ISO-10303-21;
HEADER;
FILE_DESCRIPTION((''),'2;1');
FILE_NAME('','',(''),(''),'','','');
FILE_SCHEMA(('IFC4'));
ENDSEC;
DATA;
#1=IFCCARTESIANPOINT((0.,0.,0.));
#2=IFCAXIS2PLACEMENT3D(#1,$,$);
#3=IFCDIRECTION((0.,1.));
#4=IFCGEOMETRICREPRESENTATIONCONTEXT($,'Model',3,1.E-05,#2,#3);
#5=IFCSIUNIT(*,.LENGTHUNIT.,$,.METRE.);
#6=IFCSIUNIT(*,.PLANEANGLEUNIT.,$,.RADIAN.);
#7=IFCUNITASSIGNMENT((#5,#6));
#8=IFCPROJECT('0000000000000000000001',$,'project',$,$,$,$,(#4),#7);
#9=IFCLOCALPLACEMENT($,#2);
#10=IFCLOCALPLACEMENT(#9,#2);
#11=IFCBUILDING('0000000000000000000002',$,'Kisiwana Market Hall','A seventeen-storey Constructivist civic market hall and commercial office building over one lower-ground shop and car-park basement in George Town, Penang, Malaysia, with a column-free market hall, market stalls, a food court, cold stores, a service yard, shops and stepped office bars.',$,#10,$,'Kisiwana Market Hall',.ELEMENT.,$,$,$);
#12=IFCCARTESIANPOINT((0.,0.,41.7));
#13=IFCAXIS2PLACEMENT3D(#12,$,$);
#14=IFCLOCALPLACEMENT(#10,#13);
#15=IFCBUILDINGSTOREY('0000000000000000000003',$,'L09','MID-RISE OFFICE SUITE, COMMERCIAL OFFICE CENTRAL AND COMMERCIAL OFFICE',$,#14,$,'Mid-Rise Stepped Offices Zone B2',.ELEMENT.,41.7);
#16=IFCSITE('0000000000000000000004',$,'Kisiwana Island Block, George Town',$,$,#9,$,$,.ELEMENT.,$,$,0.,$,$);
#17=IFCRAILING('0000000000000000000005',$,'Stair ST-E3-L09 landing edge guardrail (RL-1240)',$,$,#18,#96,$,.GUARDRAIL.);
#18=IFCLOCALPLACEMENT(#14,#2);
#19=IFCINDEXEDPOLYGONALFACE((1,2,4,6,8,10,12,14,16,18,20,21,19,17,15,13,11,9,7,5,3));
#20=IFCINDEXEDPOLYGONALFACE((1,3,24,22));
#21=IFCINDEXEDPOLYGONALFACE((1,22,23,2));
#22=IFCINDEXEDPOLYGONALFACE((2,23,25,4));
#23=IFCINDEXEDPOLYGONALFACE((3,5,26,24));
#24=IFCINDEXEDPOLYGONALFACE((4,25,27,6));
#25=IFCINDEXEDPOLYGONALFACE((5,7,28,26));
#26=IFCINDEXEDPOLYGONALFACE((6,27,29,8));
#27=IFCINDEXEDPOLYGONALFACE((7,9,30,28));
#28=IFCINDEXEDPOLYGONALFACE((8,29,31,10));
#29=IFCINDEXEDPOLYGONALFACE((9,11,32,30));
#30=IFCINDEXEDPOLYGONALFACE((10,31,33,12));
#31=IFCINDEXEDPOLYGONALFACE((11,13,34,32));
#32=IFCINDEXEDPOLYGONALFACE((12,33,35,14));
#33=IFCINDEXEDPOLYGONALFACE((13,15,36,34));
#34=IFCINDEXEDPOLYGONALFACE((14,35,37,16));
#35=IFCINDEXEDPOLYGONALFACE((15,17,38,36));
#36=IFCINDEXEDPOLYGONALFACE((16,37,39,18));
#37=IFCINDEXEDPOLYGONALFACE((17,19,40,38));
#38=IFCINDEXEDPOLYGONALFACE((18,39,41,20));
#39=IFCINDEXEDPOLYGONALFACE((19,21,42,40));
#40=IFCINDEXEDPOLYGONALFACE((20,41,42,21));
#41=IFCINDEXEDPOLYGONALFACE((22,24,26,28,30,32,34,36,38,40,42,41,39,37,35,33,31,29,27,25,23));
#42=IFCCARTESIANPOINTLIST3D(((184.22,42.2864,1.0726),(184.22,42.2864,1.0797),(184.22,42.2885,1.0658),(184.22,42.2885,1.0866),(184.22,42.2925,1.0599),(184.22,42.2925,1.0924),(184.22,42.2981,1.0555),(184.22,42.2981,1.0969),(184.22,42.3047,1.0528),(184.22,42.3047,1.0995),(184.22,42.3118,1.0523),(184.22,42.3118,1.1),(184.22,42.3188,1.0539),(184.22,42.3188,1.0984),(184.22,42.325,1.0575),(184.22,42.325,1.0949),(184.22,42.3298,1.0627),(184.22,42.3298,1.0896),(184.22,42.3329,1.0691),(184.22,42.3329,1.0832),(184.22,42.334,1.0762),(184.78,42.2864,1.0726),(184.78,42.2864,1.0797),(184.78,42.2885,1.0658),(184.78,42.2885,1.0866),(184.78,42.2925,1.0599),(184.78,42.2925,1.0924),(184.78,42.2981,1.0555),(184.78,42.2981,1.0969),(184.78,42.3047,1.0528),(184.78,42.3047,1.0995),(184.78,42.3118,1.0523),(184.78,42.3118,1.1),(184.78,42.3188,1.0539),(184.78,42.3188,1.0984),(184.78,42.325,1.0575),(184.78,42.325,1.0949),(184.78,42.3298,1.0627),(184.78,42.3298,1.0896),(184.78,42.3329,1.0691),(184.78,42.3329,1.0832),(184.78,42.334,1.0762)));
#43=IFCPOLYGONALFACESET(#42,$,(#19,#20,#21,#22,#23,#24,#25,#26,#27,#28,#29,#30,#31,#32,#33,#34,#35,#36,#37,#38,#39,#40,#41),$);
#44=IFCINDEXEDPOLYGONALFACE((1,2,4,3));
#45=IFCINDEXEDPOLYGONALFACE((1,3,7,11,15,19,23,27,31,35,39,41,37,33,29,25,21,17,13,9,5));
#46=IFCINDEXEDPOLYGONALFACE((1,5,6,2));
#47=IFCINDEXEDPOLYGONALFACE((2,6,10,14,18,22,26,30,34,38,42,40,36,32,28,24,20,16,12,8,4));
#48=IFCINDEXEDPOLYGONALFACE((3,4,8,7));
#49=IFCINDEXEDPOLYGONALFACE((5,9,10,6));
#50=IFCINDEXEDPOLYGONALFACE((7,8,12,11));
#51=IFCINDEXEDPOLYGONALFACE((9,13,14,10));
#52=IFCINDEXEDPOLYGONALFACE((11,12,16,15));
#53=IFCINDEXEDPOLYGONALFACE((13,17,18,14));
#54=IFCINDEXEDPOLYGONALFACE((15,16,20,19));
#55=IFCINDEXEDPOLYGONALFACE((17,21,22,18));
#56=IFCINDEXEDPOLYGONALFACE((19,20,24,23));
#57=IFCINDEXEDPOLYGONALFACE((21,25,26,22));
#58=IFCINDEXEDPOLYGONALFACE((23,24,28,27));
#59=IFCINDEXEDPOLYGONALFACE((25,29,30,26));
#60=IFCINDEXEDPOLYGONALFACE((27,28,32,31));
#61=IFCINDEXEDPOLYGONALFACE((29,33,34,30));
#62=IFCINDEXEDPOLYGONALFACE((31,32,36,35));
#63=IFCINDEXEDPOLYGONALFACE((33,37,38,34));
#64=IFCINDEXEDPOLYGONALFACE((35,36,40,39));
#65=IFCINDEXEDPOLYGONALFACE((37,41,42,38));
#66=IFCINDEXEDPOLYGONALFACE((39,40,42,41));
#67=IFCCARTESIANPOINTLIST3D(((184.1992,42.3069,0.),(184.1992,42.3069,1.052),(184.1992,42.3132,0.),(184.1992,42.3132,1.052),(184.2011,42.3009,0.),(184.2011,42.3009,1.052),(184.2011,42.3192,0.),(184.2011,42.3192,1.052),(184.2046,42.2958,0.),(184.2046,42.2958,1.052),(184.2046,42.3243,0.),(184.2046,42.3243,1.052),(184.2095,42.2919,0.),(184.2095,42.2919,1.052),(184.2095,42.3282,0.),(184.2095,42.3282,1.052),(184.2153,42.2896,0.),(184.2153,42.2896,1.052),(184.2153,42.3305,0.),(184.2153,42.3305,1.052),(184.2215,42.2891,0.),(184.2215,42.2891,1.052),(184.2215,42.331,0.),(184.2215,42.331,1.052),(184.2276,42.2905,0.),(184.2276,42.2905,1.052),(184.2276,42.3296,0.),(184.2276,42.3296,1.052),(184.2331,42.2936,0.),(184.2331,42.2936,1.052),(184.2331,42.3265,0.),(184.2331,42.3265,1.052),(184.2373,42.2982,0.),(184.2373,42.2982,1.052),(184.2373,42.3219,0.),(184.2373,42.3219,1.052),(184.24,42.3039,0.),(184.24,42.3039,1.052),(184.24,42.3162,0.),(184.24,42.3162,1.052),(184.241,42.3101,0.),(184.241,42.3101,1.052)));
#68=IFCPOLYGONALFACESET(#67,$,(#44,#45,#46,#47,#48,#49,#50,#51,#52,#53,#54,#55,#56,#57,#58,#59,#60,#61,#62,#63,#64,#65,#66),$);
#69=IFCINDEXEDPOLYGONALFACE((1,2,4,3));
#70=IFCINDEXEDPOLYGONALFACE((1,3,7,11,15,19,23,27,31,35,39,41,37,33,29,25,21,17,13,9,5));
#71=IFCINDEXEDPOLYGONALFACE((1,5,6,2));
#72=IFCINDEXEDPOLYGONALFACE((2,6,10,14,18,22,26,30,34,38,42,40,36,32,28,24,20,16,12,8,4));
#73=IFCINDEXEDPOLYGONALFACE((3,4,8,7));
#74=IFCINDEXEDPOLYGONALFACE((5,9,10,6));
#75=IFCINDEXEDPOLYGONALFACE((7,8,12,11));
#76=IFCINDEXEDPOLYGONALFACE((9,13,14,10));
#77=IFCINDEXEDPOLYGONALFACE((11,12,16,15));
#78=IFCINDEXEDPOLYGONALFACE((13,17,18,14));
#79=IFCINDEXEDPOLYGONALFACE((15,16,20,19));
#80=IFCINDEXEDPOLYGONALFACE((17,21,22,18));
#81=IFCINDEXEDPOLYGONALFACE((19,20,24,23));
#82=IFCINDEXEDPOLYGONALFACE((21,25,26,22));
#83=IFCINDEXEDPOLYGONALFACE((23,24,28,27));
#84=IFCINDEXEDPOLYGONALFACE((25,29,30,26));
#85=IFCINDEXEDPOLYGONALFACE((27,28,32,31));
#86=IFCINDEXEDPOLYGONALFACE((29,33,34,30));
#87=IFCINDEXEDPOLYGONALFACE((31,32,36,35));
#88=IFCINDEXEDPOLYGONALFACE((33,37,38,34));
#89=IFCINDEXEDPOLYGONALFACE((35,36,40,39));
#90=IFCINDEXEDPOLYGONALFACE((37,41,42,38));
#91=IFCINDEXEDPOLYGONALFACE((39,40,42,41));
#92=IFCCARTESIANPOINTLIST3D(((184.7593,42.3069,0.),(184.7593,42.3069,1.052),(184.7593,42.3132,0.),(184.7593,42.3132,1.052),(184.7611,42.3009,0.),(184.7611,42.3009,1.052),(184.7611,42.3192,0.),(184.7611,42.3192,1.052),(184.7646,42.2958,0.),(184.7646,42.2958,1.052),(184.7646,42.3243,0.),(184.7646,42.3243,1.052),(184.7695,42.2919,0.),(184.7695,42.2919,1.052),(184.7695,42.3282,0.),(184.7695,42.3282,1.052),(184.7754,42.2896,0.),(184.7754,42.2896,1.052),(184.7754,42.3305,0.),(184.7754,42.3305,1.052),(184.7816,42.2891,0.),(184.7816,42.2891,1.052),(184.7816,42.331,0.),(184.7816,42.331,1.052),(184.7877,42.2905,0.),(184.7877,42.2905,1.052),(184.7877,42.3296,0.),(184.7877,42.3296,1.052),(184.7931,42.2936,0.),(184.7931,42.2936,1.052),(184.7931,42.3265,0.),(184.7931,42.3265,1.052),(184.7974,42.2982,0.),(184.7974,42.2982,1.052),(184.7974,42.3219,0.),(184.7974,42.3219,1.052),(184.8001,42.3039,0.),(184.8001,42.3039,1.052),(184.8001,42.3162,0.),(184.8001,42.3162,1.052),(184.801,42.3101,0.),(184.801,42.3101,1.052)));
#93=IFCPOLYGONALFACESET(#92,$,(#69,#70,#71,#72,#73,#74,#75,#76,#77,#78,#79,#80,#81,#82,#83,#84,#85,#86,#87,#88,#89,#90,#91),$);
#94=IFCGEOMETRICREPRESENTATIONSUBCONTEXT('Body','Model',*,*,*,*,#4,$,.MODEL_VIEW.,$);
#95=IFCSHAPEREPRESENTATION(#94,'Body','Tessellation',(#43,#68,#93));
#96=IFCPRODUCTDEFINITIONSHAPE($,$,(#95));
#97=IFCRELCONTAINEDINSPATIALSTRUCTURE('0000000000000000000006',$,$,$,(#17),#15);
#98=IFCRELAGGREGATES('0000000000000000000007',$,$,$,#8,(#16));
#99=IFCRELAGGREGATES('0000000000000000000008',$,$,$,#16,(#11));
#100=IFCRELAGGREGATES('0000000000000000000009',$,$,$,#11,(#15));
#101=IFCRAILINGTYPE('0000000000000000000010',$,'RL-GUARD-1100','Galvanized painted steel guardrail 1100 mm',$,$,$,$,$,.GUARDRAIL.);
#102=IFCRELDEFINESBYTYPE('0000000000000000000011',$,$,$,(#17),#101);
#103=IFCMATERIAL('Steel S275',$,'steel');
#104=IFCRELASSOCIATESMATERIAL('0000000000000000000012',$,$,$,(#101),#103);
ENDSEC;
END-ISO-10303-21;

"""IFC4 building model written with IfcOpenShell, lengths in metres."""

from ifc_helpers import new_model, si_unit, direction, frame, origin, origin_2d, place, context, subcontext, project, spatial, circle, extrude, material, type_object, element, save


model = new_model("IFC4")

# Units and contexts
model_context = context("Model", 3, precision=1e-05, world=origin(), true_north=direction((0.0, 1.0)))
body_context = subcontext(model_context, "Body", "Model", "MODEL_VIEW")
ifc_project = project(units=[si_unit("LENGTHUNIT", "METRE"), si_unit("PLANEANGLEUNIT", "RADIAN")], contexts=[model_context])

# Site, building, storey
site_placement = place(None, origin())
site = spatial("IfcSite", under=ifc_project, at=site_placement, Name="Kisiwana Island Block, George Town", CompositionType="ELEMENT", RefElevation=0.0)
building_placement = place(site_placement, origin())
building = spatial("IfcBuilding", under=site, at=building_placement, Name="Kisiwana Market Hall", Description="A seventeen-storey Constructivist civic market hall and commercial office building over one lower-ground shop and car-park basement in George Town, Penang, Malaysia, with a column-free market hall, market stalls, a food court, cold stores, a service yard, shops and stepped office bars.", LongName="Kisiwana Market Hall", CompositionType="ELEMENT")
storey_placement = place(building_placement, frame((0.0, 0.0, 41.7)))
storey = spatial("IfcBuildingStorey", under=building, at=storey_placement, Name="L09", Description="MID-RISE OFFICE SUITE, COMMERCIAL OFFICE CENTRAL AND COMMERCIAL OFFICE", LongName="Mid-Rise Stepped Offices Zone B2", CompositionType="ELEMENT", Elevation=41.7)

# Railing
ifc_material_1 = material(Name="Steel S275", Category="steel")
railing_type_1 = type_object("IfcRailingType", Name="RL-GUARD-1100", Description="Galvanized painted steel guardrail 1100 mm", PredefinedType="GUARDRAIL", material=ifc_material_1)
railing_placement = place(storey_placement, frame((184.22, 42.3101, 0.0)))
element("IfcRailing", 1, at=railing_placement, inside=storey, type_object=railing_type_1, Name="Stair ST-E3-L09 landing edge guardrail (RL-1240)", PredefinedType="GUARDRAIL", context=body_context, shape_type="SweptSolid", body=[
    extrude(circle(Radius=0.0239, at=origin_2d()), frame((0.0, 0.0, 1.0762), z_axis=(1.0, 0.0, 0.0), x_axis=(0.0, 1.0, 0.0)), (0.0, 0.0, 1.0), 0.5601),
    extrude(circle(Radius=0.021, at=origin_2d()), origin(), (0.0, 0.0, 1.0), 1.052),
    extrude(circle(Radius=0.021, at=origin_2d()), frame((0.5601, 0.0, 0.0)), (0.0, 0.0, 1.0), 1.052),
])

save(model, "model.ifc")
